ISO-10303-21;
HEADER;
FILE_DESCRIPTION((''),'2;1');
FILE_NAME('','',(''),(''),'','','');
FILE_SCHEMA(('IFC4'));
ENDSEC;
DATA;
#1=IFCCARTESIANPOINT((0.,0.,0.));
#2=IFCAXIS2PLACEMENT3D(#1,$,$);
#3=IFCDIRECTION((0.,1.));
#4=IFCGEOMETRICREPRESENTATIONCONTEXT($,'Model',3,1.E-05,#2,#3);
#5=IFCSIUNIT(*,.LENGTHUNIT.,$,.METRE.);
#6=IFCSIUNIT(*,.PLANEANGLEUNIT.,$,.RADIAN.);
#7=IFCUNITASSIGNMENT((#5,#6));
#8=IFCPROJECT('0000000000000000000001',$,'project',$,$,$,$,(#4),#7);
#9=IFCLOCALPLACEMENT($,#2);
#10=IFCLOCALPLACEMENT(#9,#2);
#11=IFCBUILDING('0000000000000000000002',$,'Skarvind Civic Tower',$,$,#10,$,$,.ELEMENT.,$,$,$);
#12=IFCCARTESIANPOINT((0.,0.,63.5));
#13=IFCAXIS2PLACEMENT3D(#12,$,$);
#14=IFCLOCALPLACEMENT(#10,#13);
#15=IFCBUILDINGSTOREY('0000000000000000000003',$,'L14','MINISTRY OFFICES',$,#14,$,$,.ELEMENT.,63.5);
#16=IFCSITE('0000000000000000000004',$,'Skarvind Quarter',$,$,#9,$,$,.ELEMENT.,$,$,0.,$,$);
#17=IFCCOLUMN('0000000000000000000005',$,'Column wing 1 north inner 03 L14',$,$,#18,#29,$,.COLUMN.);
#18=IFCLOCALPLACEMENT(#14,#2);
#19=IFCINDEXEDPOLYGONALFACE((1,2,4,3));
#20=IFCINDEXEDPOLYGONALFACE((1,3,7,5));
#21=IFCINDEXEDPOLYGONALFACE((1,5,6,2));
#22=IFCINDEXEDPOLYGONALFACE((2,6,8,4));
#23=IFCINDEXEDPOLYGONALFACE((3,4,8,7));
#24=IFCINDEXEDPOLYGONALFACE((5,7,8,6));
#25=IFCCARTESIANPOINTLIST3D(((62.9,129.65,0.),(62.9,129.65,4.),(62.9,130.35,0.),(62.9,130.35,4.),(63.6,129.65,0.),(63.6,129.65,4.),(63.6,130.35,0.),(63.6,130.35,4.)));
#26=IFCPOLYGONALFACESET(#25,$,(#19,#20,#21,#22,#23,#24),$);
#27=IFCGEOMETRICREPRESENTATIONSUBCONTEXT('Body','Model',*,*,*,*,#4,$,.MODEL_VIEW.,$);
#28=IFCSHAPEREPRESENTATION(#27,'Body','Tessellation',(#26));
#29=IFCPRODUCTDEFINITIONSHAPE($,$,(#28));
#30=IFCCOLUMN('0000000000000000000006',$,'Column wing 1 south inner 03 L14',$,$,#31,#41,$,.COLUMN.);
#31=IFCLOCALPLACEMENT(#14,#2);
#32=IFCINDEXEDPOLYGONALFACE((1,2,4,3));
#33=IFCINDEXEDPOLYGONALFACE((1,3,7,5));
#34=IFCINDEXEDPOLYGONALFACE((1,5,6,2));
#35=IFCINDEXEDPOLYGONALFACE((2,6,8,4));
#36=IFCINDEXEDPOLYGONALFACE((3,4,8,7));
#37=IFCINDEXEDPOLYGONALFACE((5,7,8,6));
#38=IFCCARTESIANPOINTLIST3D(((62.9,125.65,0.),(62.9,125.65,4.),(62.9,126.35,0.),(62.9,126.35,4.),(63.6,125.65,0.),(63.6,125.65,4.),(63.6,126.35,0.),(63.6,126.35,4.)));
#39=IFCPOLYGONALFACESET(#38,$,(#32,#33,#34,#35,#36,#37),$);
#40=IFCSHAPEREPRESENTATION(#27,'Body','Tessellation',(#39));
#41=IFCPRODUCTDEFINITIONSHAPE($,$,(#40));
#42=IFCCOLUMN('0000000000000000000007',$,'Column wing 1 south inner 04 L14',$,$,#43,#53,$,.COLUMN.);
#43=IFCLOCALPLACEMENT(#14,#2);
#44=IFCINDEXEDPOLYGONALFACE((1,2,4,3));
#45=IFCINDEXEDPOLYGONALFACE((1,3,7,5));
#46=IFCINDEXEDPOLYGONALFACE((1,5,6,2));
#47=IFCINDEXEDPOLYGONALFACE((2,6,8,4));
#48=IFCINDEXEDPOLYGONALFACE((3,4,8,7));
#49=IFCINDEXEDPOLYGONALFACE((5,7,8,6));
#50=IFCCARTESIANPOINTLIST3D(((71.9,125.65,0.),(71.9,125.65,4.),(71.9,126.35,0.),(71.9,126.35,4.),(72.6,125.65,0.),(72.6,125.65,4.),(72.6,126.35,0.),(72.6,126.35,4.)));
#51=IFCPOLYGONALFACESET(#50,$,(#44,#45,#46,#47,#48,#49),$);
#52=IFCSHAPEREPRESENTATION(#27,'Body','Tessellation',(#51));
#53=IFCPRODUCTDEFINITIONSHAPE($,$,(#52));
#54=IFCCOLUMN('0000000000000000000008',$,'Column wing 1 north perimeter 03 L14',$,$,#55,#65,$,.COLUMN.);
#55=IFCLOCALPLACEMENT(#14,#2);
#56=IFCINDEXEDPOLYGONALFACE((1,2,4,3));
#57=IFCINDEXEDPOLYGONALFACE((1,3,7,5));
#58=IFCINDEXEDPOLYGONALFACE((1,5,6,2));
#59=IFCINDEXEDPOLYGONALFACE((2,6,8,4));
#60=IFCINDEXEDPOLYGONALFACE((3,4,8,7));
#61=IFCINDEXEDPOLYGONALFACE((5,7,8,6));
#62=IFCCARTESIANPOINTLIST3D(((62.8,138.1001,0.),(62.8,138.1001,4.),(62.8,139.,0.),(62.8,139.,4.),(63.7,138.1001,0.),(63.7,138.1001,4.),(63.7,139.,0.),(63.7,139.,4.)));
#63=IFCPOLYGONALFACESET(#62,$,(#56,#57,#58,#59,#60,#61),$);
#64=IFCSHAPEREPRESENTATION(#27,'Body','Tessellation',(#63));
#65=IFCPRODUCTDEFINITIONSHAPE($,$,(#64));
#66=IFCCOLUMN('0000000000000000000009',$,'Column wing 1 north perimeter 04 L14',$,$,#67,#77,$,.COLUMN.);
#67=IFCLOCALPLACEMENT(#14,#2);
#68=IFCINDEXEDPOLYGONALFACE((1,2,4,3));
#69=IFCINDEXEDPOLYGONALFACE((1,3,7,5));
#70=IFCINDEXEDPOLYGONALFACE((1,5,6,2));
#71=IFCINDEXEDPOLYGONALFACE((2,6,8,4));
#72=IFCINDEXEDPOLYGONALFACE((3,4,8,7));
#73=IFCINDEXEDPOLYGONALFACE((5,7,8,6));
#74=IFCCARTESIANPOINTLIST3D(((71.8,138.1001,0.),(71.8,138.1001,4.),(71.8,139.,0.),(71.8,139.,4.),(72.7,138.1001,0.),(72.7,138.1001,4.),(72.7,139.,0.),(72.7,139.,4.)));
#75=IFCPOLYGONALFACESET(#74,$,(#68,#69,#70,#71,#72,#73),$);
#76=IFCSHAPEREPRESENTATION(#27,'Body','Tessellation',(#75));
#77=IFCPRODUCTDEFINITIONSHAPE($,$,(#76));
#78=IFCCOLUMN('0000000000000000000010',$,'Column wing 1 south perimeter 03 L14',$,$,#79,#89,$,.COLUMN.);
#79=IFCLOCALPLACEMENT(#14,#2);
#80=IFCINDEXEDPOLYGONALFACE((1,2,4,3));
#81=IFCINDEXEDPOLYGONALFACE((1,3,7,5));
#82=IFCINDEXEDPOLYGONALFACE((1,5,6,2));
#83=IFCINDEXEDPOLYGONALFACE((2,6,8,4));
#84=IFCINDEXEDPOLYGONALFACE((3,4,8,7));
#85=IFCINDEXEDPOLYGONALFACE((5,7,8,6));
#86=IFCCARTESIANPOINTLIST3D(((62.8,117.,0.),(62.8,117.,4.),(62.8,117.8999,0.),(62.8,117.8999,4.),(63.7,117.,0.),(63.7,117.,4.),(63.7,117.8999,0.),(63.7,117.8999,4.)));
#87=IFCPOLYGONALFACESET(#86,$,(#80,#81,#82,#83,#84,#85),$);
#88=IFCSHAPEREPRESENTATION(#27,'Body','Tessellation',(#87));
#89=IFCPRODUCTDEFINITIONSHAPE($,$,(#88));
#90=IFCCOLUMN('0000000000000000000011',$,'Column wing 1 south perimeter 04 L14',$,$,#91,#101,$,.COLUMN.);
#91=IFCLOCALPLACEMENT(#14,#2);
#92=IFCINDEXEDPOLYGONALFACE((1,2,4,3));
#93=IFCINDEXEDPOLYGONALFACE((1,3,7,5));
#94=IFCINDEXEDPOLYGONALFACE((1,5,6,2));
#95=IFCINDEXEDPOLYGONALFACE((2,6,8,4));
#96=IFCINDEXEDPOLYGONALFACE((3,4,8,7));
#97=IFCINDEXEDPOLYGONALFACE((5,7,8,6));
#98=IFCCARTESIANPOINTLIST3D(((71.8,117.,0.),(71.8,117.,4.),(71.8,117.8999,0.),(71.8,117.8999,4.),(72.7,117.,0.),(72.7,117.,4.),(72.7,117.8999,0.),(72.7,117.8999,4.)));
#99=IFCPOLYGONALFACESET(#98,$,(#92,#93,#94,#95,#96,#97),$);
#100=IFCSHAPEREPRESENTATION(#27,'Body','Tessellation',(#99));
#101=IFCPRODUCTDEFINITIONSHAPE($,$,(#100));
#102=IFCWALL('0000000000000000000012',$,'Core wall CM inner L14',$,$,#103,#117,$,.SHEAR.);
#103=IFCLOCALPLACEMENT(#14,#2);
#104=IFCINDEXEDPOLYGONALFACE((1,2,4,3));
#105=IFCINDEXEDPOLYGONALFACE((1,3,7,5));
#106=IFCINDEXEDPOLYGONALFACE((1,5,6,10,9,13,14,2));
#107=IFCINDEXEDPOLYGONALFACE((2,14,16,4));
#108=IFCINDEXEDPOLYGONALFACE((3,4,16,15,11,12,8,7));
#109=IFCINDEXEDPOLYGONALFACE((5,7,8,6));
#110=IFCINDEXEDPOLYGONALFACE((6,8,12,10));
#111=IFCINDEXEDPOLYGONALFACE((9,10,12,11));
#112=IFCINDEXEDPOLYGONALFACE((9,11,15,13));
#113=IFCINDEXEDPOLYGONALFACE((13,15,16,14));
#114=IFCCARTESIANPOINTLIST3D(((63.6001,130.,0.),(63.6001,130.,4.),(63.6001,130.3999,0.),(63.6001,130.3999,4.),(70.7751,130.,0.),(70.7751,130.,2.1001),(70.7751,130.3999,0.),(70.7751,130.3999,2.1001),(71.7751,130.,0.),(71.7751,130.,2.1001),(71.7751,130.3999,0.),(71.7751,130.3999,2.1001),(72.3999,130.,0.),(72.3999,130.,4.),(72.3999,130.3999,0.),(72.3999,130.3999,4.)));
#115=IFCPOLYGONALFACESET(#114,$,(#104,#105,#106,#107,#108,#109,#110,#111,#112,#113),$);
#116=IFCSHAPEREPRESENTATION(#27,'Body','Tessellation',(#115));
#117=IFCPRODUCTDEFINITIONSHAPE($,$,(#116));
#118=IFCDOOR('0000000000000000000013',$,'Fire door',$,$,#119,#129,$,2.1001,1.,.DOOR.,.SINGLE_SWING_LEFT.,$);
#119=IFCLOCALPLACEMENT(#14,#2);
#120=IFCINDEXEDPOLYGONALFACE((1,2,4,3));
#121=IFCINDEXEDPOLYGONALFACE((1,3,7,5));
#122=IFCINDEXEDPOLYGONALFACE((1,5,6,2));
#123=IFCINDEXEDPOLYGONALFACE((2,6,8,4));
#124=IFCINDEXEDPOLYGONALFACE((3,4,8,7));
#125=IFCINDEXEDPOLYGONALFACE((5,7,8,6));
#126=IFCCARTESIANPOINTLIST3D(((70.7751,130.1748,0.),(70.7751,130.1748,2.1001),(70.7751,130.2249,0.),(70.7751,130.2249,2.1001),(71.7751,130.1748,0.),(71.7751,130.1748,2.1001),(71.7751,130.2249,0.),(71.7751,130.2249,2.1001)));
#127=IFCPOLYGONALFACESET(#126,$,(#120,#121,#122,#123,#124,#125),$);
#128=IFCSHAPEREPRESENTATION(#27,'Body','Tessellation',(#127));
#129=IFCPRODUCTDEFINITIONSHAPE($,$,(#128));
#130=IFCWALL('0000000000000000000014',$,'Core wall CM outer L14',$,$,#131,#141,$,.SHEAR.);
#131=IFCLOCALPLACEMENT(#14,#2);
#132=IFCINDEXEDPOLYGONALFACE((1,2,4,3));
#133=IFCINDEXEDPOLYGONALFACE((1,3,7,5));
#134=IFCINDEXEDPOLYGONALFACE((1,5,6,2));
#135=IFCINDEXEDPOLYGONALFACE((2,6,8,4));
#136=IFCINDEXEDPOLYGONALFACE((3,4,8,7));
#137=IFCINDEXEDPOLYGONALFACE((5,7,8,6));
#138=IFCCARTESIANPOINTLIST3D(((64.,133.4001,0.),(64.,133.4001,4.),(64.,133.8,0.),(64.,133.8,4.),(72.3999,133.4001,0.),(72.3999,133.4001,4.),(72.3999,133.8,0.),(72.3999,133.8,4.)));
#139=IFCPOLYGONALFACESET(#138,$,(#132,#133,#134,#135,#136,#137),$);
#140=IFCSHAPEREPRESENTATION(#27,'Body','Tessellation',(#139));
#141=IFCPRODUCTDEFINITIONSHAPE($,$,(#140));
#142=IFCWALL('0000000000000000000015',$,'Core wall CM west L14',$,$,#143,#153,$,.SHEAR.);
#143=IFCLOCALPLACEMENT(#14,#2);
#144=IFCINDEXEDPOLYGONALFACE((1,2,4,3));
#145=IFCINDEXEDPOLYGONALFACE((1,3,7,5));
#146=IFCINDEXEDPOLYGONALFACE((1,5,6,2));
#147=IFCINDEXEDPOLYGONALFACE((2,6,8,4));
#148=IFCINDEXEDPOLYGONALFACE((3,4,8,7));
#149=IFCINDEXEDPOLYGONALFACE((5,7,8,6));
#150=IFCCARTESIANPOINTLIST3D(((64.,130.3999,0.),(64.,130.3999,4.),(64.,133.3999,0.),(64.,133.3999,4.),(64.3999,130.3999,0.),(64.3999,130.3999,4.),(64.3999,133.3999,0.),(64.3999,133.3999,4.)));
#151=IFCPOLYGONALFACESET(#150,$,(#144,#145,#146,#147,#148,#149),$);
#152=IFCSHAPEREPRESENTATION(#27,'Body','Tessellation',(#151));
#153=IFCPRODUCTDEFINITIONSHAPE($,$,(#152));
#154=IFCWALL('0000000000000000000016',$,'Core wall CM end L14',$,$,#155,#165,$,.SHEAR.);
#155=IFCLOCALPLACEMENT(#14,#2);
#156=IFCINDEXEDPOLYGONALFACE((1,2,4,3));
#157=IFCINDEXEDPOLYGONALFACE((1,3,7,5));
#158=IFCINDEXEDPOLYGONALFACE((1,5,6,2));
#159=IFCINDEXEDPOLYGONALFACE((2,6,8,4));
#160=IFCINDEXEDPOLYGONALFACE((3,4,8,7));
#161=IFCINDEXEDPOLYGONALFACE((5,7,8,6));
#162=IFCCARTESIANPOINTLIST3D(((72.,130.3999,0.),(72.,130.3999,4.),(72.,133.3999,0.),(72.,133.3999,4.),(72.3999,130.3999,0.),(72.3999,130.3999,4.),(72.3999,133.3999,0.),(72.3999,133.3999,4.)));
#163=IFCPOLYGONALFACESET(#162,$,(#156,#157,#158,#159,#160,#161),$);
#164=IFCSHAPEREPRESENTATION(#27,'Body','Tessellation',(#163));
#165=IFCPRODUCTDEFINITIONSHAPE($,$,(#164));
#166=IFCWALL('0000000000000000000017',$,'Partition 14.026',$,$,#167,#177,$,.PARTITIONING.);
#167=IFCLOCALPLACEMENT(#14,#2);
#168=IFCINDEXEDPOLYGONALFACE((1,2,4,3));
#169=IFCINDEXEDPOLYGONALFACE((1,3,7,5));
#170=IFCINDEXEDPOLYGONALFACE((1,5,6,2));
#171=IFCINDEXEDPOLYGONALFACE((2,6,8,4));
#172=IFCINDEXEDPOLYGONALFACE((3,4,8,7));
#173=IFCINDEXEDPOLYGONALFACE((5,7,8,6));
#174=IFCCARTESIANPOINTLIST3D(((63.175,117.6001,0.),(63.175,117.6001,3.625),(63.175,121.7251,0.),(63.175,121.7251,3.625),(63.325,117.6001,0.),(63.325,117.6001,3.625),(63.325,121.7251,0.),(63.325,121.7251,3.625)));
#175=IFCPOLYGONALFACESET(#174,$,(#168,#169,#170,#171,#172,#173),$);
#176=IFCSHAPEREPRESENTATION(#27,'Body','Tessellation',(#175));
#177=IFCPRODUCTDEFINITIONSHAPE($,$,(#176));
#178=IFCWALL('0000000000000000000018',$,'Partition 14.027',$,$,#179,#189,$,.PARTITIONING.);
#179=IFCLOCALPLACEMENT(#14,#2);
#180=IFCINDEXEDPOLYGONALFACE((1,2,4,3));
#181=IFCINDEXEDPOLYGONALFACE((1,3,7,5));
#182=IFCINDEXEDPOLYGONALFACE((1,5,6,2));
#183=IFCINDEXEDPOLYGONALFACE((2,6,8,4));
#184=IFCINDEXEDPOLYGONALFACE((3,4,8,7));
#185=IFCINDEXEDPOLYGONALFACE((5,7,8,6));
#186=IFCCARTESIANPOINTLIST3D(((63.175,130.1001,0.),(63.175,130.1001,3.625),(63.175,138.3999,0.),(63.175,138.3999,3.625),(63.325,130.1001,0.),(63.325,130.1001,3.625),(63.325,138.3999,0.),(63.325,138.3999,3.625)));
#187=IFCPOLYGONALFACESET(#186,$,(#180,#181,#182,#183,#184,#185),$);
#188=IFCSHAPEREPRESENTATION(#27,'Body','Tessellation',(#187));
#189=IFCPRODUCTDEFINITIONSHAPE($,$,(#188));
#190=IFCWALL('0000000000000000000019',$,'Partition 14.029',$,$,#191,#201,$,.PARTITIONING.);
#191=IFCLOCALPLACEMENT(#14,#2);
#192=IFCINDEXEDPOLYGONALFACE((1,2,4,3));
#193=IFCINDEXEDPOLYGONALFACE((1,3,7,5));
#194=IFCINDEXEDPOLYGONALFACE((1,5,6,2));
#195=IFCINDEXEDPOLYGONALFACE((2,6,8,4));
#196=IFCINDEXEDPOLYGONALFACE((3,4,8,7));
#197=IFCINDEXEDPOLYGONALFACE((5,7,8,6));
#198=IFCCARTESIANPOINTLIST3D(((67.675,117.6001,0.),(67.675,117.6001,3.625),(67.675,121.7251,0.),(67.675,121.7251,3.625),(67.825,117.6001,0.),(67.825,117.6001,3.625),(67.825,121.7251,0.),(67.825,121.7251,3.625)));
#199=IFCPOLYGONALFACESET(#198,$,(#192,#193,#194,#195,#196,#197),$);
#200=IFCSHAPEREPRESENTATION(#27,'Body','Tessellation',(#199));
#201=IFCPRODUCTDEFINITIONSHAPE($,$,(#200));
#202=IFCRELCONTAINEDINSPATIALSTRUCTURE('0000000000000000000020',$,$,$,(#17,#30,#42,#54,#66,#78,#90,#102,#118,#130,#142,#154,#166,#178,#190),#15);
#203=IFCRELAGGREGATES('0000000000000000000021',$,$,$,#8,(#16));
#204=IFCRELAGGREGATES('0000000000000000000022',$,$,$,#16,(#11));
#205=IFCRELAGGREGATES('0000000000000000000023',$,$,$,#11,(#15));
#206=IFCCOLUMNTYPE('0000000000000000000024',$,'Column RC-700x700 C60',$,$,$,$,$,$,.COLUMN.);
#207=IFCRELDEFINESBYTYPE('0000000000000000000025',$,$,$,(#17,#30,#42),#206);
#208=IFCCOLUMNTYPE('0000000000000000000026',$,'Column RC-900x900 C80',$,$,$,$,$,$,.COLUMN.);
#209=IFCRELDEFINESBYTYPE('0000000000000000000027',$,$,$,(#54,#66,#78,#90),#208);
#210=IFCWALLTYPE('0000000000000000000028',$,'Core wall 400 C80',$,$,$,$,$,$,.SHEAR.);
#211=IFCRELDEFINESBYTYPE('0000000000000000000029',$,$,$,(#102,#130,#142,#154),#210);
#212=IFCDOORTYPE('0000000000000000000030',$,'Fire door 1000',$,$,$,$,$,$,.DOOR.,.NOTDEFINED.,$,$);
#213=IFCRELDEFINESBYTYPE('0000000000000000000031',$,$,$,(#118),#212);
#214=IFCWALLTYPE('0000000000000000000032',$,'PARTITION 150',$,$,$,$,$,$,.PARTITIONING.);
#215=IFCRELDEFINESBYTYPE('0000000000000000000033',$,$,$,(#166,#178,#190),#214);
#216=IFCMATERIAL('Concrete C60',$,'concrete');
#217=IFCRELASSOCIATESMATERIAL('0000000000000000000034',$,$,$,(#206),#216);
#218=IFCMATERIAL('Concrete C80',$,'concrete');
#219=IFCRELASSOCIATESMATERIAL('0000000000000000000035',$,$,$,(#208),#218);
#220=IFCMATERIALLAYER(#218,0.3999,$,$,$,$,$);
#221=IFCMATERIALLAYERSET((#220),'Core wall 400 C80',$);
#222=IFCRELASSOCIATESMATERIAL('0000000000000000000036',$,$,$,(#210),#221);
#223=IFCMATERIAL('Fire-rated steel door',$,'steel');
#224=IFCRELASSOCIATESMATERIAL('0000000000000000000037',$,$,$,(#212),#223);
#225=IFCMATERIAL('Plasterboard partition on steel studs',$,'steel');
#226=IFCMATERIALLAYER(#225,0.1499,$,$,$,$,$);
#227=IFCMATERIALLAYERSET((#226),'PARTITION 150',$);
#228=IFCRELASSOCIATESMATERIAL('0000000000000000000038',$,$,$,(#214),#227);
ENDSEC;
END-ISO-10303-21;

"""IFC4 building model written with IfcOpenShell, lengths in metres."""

from ifc_helpers import new_model, si_unit, direction, frame, frame_2d, origin, origin_2d, place, context, subcontext, project, spatial, rectangle, extrude, material, layer, layer_set, material_profile, profile_set, type_object, element, fill, save


model = new_model("IFC4")

# Units and contexts
model_context = context("Model", 3, precision=1e-05, world=origin(), true_north=direction((0.0, 1.0)))
body_context = subcontext(model_context, "Body", "Model", "MODEL_VIEW")
ifc_project = project(units=[si_unit("LENGTHUNIT", "METRE"), si_unit("PLANEANGLEUNIT", "RADIAN")], contexts=[model_context])

# Site, building, storey
site_placement = place(None, origin())
site = spatial("IfcSite", under=ifc_project, at=site_placement, Name="Skarvind Quarter", CompositionType="ELEMENT", RefElevation=0.0)
building_placement = place(site_placement, origin())
building = spatial("IfcBuilding", under=site, at=building_placement, Name="Skarvind Civic Tower", CompositionType="ELEMENT")
storey_placement = place(building_placement, frame((0.0, 0.0, 63.5)))
storey = spatial("IfcBuildingStorey", under=building, at=storey_placement, Name="L14", Description="MINISTRY OFFICES", CompositionType="ELEMENT", Elevation=63.5)

# Columns
ifc_material_1 = material(Name="Concrete C60", Category="concrete")
ifc_material_profile_1 = material_profile(ifc_material_1, rectangle(XDim=0.7, YDim=0.7, at=origin_2d()), Name="RC-700x700")
ifc_profile_set_1 = profile_set([ifc_material_profile_1], Name="Concrete C60")
column_type_1 = type_object("IfcColumnType", Name="Column RC-700x700 C60", PredefinedType="COLUMN", material=ifc_profile_set_1)
for number, where, z_axis, x_axis, name in (
    (1, (63.25, 130.0, 0.0), (0.0, 0.0, 1.0), (1.0, 0.0, 0.0), "Column wing 1 north inner 03 L14"),
    (2, (63.25, 126.0, 0.0), (0.0, 0.0, 1.0), (1.0, 0.0, 0.0), "Column wing 1 south inner 03 L14"),
    (3, (72.25, 126.0, 0.0), (0.0, 0.0, 1.0), (1.0, 0.0, 0.0), "Column wing 1 south inner 04 L14"),
):
    element("IfcColumn", number, at=place(storey_placement, frame(where, z_axis=z_axis, x_axis=x_axis)), inside=storey, type_object=column_type_1, Name=name, PredefinedType="COLUMN", context=body_context, shape_type="SweptSolid", body=[
        extrude(rectangle(XDim=0.7, YDim=0.7, at=origin_2d()), origin(), (0.0, 0.0, 1.0), 4.0),
    ])
ifc_material_2 = material(Name="Concrete C80", Category="concrete")
ifc_material_profile_2 = material_profile(ifc_material_2, rectangle(XDim=0.8999, YDim=0.8999, at=origin_2d()), Name="RC-900x900")
ifc_profile_set_2 = profile_set([ifc_material_profile_2], Name="Concrete C80")
column_type_2 = type_object("IfcColumnType", Name="Column RC-900x900 C80", PredefinedType="COLUMN", material=ifc_profile_set_2)
for number, where, z_axis, x_axis, name in (
    (4, (63.25, 138.55, 0.0), (0.0, 0.0, 1.0), (1.0, 0.0, 0.0), "Column wing 1 north perimeter 03 L14"),
    (5, (72.25, 138.55, 0.0), (0.0, 0.0, 1.0), (1.0, 0.0, 0.0), "Column wing 1 north perimeter 04 L14"),
    (6, (63.25, 117.45, 0.0), (0.0, 0.0, 1.0), (1.0, 0.0, 0.0), "Column wing 1 south perimeter 03 L14"),
    (7, (72.25, 117.45, 0.0), (0.0, 0.0, 1.0), (1.0, 0.0, 0.0), "Column wing 1 south perimeter 04 L14"),
):
    element("IfcColumn", number, at=place(storey_placement, frame(where, z_axis=z_axis, x_axis=x_axis)), inside=storey, type_object=column_type_2, Name=name, PredefinedType="COLUMN", context=body_context, shape_type="SweptSolid", body=[
        extrude(rectangle(XDim=0.8999, YDim=0.8999, at=origin_2d()), origin(), (0.0, 0.0, 1.0), 4.0),
    ])

# Wall, opening, door
ifc_layer_1 = layer(ifc_material_2, 0.3999)
ifc_layer_set_1 = layer_set([ifc_layer_1], Name="Core wall 400 C80")
wall_type_1 = type_object("IfcWallType", Name="Core wall 400 C80", PredefinedType="SHEAR", material=ifc_layer_set_1)
wall_1_placement = place(storey_placement, frame((63.6001, 130.2, 0.0), z_axis=(0.0, 0.0, 1.0), x_axis=(1.0, 0.0, 0.0)))
wall_1 = element("IfcWall", 8, at=wall_1_placement, inside=storey, type_object=wall_type_1, Name="Core wall CM inner L14", PredefinedType="SHEAR", context=body_context, shape_type="SweptSolid", body=[
    extrude(rectangle(XDim=8.7998, YDim=0.3999, at=frame_2d((4.3999, 0.0))), origin(), (0.0, 0.0, 1.0), 4.0),
])
opening_placement = place(wall_1_placement, frame((7.175, 0.0, 0.0)))
opening = element("IfcOpeningElement", 9, at=opening_placement, cuts=wall_1, PredefinedType="OPENING", context=body_context, shape_type="SweptSolid", body=[
    extrude(rectangle(XDim=1.0, YDim=2.1001, at=frame_2d((0.5, 1.05))), frame((0.0, 0.21, 0.0), z_axis=(0.0, -1.0, 0.0), x_axis=(1.0, 0.0, 0.0)), (0.0, 0.0, 1.0), 0.4199),
])
ifc_material_3 = material(Name="Fire-rated steel door", Category="steel")
door_type = type_object("IfcDoorType", Name="Fire door 1000", OperationType="NOTDEFINED", PredefinedType="DOOR", material=ifc_material_3)
door_placement = place(opening_placement, origin())
door = element("IfcDoor", 10, at=door_placement, inside=storey, type_object=door_type, Name="Fire door", OperationType="SINGLE_SWING_LEFT", OverallHeight=2.1001, OverallWidth=1.0, PredefinedType="DOOR", context=body_context, shape_type="SweptSolid", body=[
    extrude(rectangle(XDim=1.0, YDim=2.1001, at=frame_2d((0.5, 1.05))), frame((0.0, 0.0249, 0.0), z_axis=(0.0, -1.0, 0.0), x_axis=(1.0, 0.0, 0.0)), (0.0, 0.0, 1.0), 0.05),
])
fill(opening, door)

# Walls
wall_2_placement = place(storey_placement, frame((64.0, 133.6001, 0.0), z_axis=(0.0, 0.0, 1.0), x_axis=(1.0, 0.0, 0.0)))
element("IfcWall", 11, at=wall_2_placement, inside=storey, type_object=wall_type_1, Name="Core wall CM outer L14", PredefinedType="SHEAR", context=body_context, shape_type="SweptSolid", body=[
    extrude(rectangle(XDim=8.3999, YDim=0.3999, at=frame_2d((4.2, 0.0))), origin(), (0.0, 0.0, 1.0), 4.0),
])
for number, where, z_axis, x_axis, name in (
    (12, (64.2, 130.3999, 0.0), (0.0, 0.0, 1.0), (0.0, 1.0, 0.0), "Core wall CM west L14"),
    (13, (72.2, 130.3999, 0.0), (0.0, 0.0, 1.0), (0.0, 1.0, 0.0), "Core wall CM end L14"),
):
    element("IfcWall", number, at=place(storey_placement, frame(where, z_axis=z_axis, x_axis=x_axis)), inside=storey, type_object=wall_type_1, Name=name, PredefinedType="SHEAR", context=body_context, shape_type="SweptSolid", body=[
        extrude(rectangle(XDim=3.0, YDim=0.3999, at=frame_2d((1.5, 0.0))), origin(), (0.0, 0.0, 1.0), 4.0),
    ])
ifc_material_4 = material(Name="Plasterboard partition on steel studs", Category="steel")
ifc_layer_2 = layer(ifc_material_4, 0.1499)
ifc_layer_set_2 = layer_set([ifc_layer_2], Name="PARTITION 150")
wall_type_2 = type_object("IfcWallType", Name="PARTITION 150", PredefinedType="PARTITIONING", material=ifc_layer_set_2)
wall_3_placement = place(storey_placement, frame((63.25, 121.7251, 0.0), z_axis=(0.0, 0.0, 1.0), x_axis=(0.0, -1.0, 0.0)))
element("IfcWall", 14, at=wall_3_placement, inside=storey, type_object=wall_type_2, Name="Partition 14.026", PredefinedType="PARTITIONING", context=body_context, shape_type="SweptSolid", body=[
    extrude(rectangle(XDim=4.125, YDim=0.1499, at=frame_2d((2.0625, 0.0))), origin(), (0.0, 0.0, 1.0), 3.625),
])
wall_4_placement = place(storey_placement, frame((63.25, 130.1001, 0.0), z_axis=(0.0, 0.0, 1.0), x_axis=(0.0, 1.0, 0.0)))
element("IfcWall", 15, at=wall_4_placement, inside=storey, type_object=wall_type_2, Name="Partition 14.027", PredefinedType="PARTITIONING", context=body_context, shape_type="SweptSolid", body=[
    extrude(rectangle(XDim=8.2998, YDim=0.1499, at=frame_2d((4.1499, 0.0))), origin(), (0.0, 0.0, 1.0), 3.625),
])
wall_5_placement = place(storey_placement, frame((67.75, 117.6001, 0.0), z_axis=(0.0, 0.0, 1.0), x_axis=(0.0, 1.0, 0.0)))
element("IfcWall", 16, at=wall_5_placement, inside=storey, type_object=wall_type_2, Name="Partition 14.029", PredefinedType="PARTITIONING", context=body_context, shape_type="SweptSolid", body=[
    extrude(rectangle(XDim=4.125, YDim=0.1499, at=frame_2d((2.0625, 0.0))), origin(), (0.0, 0.0, 1.0), 3.625),
])

save(model, "model.ifc")
